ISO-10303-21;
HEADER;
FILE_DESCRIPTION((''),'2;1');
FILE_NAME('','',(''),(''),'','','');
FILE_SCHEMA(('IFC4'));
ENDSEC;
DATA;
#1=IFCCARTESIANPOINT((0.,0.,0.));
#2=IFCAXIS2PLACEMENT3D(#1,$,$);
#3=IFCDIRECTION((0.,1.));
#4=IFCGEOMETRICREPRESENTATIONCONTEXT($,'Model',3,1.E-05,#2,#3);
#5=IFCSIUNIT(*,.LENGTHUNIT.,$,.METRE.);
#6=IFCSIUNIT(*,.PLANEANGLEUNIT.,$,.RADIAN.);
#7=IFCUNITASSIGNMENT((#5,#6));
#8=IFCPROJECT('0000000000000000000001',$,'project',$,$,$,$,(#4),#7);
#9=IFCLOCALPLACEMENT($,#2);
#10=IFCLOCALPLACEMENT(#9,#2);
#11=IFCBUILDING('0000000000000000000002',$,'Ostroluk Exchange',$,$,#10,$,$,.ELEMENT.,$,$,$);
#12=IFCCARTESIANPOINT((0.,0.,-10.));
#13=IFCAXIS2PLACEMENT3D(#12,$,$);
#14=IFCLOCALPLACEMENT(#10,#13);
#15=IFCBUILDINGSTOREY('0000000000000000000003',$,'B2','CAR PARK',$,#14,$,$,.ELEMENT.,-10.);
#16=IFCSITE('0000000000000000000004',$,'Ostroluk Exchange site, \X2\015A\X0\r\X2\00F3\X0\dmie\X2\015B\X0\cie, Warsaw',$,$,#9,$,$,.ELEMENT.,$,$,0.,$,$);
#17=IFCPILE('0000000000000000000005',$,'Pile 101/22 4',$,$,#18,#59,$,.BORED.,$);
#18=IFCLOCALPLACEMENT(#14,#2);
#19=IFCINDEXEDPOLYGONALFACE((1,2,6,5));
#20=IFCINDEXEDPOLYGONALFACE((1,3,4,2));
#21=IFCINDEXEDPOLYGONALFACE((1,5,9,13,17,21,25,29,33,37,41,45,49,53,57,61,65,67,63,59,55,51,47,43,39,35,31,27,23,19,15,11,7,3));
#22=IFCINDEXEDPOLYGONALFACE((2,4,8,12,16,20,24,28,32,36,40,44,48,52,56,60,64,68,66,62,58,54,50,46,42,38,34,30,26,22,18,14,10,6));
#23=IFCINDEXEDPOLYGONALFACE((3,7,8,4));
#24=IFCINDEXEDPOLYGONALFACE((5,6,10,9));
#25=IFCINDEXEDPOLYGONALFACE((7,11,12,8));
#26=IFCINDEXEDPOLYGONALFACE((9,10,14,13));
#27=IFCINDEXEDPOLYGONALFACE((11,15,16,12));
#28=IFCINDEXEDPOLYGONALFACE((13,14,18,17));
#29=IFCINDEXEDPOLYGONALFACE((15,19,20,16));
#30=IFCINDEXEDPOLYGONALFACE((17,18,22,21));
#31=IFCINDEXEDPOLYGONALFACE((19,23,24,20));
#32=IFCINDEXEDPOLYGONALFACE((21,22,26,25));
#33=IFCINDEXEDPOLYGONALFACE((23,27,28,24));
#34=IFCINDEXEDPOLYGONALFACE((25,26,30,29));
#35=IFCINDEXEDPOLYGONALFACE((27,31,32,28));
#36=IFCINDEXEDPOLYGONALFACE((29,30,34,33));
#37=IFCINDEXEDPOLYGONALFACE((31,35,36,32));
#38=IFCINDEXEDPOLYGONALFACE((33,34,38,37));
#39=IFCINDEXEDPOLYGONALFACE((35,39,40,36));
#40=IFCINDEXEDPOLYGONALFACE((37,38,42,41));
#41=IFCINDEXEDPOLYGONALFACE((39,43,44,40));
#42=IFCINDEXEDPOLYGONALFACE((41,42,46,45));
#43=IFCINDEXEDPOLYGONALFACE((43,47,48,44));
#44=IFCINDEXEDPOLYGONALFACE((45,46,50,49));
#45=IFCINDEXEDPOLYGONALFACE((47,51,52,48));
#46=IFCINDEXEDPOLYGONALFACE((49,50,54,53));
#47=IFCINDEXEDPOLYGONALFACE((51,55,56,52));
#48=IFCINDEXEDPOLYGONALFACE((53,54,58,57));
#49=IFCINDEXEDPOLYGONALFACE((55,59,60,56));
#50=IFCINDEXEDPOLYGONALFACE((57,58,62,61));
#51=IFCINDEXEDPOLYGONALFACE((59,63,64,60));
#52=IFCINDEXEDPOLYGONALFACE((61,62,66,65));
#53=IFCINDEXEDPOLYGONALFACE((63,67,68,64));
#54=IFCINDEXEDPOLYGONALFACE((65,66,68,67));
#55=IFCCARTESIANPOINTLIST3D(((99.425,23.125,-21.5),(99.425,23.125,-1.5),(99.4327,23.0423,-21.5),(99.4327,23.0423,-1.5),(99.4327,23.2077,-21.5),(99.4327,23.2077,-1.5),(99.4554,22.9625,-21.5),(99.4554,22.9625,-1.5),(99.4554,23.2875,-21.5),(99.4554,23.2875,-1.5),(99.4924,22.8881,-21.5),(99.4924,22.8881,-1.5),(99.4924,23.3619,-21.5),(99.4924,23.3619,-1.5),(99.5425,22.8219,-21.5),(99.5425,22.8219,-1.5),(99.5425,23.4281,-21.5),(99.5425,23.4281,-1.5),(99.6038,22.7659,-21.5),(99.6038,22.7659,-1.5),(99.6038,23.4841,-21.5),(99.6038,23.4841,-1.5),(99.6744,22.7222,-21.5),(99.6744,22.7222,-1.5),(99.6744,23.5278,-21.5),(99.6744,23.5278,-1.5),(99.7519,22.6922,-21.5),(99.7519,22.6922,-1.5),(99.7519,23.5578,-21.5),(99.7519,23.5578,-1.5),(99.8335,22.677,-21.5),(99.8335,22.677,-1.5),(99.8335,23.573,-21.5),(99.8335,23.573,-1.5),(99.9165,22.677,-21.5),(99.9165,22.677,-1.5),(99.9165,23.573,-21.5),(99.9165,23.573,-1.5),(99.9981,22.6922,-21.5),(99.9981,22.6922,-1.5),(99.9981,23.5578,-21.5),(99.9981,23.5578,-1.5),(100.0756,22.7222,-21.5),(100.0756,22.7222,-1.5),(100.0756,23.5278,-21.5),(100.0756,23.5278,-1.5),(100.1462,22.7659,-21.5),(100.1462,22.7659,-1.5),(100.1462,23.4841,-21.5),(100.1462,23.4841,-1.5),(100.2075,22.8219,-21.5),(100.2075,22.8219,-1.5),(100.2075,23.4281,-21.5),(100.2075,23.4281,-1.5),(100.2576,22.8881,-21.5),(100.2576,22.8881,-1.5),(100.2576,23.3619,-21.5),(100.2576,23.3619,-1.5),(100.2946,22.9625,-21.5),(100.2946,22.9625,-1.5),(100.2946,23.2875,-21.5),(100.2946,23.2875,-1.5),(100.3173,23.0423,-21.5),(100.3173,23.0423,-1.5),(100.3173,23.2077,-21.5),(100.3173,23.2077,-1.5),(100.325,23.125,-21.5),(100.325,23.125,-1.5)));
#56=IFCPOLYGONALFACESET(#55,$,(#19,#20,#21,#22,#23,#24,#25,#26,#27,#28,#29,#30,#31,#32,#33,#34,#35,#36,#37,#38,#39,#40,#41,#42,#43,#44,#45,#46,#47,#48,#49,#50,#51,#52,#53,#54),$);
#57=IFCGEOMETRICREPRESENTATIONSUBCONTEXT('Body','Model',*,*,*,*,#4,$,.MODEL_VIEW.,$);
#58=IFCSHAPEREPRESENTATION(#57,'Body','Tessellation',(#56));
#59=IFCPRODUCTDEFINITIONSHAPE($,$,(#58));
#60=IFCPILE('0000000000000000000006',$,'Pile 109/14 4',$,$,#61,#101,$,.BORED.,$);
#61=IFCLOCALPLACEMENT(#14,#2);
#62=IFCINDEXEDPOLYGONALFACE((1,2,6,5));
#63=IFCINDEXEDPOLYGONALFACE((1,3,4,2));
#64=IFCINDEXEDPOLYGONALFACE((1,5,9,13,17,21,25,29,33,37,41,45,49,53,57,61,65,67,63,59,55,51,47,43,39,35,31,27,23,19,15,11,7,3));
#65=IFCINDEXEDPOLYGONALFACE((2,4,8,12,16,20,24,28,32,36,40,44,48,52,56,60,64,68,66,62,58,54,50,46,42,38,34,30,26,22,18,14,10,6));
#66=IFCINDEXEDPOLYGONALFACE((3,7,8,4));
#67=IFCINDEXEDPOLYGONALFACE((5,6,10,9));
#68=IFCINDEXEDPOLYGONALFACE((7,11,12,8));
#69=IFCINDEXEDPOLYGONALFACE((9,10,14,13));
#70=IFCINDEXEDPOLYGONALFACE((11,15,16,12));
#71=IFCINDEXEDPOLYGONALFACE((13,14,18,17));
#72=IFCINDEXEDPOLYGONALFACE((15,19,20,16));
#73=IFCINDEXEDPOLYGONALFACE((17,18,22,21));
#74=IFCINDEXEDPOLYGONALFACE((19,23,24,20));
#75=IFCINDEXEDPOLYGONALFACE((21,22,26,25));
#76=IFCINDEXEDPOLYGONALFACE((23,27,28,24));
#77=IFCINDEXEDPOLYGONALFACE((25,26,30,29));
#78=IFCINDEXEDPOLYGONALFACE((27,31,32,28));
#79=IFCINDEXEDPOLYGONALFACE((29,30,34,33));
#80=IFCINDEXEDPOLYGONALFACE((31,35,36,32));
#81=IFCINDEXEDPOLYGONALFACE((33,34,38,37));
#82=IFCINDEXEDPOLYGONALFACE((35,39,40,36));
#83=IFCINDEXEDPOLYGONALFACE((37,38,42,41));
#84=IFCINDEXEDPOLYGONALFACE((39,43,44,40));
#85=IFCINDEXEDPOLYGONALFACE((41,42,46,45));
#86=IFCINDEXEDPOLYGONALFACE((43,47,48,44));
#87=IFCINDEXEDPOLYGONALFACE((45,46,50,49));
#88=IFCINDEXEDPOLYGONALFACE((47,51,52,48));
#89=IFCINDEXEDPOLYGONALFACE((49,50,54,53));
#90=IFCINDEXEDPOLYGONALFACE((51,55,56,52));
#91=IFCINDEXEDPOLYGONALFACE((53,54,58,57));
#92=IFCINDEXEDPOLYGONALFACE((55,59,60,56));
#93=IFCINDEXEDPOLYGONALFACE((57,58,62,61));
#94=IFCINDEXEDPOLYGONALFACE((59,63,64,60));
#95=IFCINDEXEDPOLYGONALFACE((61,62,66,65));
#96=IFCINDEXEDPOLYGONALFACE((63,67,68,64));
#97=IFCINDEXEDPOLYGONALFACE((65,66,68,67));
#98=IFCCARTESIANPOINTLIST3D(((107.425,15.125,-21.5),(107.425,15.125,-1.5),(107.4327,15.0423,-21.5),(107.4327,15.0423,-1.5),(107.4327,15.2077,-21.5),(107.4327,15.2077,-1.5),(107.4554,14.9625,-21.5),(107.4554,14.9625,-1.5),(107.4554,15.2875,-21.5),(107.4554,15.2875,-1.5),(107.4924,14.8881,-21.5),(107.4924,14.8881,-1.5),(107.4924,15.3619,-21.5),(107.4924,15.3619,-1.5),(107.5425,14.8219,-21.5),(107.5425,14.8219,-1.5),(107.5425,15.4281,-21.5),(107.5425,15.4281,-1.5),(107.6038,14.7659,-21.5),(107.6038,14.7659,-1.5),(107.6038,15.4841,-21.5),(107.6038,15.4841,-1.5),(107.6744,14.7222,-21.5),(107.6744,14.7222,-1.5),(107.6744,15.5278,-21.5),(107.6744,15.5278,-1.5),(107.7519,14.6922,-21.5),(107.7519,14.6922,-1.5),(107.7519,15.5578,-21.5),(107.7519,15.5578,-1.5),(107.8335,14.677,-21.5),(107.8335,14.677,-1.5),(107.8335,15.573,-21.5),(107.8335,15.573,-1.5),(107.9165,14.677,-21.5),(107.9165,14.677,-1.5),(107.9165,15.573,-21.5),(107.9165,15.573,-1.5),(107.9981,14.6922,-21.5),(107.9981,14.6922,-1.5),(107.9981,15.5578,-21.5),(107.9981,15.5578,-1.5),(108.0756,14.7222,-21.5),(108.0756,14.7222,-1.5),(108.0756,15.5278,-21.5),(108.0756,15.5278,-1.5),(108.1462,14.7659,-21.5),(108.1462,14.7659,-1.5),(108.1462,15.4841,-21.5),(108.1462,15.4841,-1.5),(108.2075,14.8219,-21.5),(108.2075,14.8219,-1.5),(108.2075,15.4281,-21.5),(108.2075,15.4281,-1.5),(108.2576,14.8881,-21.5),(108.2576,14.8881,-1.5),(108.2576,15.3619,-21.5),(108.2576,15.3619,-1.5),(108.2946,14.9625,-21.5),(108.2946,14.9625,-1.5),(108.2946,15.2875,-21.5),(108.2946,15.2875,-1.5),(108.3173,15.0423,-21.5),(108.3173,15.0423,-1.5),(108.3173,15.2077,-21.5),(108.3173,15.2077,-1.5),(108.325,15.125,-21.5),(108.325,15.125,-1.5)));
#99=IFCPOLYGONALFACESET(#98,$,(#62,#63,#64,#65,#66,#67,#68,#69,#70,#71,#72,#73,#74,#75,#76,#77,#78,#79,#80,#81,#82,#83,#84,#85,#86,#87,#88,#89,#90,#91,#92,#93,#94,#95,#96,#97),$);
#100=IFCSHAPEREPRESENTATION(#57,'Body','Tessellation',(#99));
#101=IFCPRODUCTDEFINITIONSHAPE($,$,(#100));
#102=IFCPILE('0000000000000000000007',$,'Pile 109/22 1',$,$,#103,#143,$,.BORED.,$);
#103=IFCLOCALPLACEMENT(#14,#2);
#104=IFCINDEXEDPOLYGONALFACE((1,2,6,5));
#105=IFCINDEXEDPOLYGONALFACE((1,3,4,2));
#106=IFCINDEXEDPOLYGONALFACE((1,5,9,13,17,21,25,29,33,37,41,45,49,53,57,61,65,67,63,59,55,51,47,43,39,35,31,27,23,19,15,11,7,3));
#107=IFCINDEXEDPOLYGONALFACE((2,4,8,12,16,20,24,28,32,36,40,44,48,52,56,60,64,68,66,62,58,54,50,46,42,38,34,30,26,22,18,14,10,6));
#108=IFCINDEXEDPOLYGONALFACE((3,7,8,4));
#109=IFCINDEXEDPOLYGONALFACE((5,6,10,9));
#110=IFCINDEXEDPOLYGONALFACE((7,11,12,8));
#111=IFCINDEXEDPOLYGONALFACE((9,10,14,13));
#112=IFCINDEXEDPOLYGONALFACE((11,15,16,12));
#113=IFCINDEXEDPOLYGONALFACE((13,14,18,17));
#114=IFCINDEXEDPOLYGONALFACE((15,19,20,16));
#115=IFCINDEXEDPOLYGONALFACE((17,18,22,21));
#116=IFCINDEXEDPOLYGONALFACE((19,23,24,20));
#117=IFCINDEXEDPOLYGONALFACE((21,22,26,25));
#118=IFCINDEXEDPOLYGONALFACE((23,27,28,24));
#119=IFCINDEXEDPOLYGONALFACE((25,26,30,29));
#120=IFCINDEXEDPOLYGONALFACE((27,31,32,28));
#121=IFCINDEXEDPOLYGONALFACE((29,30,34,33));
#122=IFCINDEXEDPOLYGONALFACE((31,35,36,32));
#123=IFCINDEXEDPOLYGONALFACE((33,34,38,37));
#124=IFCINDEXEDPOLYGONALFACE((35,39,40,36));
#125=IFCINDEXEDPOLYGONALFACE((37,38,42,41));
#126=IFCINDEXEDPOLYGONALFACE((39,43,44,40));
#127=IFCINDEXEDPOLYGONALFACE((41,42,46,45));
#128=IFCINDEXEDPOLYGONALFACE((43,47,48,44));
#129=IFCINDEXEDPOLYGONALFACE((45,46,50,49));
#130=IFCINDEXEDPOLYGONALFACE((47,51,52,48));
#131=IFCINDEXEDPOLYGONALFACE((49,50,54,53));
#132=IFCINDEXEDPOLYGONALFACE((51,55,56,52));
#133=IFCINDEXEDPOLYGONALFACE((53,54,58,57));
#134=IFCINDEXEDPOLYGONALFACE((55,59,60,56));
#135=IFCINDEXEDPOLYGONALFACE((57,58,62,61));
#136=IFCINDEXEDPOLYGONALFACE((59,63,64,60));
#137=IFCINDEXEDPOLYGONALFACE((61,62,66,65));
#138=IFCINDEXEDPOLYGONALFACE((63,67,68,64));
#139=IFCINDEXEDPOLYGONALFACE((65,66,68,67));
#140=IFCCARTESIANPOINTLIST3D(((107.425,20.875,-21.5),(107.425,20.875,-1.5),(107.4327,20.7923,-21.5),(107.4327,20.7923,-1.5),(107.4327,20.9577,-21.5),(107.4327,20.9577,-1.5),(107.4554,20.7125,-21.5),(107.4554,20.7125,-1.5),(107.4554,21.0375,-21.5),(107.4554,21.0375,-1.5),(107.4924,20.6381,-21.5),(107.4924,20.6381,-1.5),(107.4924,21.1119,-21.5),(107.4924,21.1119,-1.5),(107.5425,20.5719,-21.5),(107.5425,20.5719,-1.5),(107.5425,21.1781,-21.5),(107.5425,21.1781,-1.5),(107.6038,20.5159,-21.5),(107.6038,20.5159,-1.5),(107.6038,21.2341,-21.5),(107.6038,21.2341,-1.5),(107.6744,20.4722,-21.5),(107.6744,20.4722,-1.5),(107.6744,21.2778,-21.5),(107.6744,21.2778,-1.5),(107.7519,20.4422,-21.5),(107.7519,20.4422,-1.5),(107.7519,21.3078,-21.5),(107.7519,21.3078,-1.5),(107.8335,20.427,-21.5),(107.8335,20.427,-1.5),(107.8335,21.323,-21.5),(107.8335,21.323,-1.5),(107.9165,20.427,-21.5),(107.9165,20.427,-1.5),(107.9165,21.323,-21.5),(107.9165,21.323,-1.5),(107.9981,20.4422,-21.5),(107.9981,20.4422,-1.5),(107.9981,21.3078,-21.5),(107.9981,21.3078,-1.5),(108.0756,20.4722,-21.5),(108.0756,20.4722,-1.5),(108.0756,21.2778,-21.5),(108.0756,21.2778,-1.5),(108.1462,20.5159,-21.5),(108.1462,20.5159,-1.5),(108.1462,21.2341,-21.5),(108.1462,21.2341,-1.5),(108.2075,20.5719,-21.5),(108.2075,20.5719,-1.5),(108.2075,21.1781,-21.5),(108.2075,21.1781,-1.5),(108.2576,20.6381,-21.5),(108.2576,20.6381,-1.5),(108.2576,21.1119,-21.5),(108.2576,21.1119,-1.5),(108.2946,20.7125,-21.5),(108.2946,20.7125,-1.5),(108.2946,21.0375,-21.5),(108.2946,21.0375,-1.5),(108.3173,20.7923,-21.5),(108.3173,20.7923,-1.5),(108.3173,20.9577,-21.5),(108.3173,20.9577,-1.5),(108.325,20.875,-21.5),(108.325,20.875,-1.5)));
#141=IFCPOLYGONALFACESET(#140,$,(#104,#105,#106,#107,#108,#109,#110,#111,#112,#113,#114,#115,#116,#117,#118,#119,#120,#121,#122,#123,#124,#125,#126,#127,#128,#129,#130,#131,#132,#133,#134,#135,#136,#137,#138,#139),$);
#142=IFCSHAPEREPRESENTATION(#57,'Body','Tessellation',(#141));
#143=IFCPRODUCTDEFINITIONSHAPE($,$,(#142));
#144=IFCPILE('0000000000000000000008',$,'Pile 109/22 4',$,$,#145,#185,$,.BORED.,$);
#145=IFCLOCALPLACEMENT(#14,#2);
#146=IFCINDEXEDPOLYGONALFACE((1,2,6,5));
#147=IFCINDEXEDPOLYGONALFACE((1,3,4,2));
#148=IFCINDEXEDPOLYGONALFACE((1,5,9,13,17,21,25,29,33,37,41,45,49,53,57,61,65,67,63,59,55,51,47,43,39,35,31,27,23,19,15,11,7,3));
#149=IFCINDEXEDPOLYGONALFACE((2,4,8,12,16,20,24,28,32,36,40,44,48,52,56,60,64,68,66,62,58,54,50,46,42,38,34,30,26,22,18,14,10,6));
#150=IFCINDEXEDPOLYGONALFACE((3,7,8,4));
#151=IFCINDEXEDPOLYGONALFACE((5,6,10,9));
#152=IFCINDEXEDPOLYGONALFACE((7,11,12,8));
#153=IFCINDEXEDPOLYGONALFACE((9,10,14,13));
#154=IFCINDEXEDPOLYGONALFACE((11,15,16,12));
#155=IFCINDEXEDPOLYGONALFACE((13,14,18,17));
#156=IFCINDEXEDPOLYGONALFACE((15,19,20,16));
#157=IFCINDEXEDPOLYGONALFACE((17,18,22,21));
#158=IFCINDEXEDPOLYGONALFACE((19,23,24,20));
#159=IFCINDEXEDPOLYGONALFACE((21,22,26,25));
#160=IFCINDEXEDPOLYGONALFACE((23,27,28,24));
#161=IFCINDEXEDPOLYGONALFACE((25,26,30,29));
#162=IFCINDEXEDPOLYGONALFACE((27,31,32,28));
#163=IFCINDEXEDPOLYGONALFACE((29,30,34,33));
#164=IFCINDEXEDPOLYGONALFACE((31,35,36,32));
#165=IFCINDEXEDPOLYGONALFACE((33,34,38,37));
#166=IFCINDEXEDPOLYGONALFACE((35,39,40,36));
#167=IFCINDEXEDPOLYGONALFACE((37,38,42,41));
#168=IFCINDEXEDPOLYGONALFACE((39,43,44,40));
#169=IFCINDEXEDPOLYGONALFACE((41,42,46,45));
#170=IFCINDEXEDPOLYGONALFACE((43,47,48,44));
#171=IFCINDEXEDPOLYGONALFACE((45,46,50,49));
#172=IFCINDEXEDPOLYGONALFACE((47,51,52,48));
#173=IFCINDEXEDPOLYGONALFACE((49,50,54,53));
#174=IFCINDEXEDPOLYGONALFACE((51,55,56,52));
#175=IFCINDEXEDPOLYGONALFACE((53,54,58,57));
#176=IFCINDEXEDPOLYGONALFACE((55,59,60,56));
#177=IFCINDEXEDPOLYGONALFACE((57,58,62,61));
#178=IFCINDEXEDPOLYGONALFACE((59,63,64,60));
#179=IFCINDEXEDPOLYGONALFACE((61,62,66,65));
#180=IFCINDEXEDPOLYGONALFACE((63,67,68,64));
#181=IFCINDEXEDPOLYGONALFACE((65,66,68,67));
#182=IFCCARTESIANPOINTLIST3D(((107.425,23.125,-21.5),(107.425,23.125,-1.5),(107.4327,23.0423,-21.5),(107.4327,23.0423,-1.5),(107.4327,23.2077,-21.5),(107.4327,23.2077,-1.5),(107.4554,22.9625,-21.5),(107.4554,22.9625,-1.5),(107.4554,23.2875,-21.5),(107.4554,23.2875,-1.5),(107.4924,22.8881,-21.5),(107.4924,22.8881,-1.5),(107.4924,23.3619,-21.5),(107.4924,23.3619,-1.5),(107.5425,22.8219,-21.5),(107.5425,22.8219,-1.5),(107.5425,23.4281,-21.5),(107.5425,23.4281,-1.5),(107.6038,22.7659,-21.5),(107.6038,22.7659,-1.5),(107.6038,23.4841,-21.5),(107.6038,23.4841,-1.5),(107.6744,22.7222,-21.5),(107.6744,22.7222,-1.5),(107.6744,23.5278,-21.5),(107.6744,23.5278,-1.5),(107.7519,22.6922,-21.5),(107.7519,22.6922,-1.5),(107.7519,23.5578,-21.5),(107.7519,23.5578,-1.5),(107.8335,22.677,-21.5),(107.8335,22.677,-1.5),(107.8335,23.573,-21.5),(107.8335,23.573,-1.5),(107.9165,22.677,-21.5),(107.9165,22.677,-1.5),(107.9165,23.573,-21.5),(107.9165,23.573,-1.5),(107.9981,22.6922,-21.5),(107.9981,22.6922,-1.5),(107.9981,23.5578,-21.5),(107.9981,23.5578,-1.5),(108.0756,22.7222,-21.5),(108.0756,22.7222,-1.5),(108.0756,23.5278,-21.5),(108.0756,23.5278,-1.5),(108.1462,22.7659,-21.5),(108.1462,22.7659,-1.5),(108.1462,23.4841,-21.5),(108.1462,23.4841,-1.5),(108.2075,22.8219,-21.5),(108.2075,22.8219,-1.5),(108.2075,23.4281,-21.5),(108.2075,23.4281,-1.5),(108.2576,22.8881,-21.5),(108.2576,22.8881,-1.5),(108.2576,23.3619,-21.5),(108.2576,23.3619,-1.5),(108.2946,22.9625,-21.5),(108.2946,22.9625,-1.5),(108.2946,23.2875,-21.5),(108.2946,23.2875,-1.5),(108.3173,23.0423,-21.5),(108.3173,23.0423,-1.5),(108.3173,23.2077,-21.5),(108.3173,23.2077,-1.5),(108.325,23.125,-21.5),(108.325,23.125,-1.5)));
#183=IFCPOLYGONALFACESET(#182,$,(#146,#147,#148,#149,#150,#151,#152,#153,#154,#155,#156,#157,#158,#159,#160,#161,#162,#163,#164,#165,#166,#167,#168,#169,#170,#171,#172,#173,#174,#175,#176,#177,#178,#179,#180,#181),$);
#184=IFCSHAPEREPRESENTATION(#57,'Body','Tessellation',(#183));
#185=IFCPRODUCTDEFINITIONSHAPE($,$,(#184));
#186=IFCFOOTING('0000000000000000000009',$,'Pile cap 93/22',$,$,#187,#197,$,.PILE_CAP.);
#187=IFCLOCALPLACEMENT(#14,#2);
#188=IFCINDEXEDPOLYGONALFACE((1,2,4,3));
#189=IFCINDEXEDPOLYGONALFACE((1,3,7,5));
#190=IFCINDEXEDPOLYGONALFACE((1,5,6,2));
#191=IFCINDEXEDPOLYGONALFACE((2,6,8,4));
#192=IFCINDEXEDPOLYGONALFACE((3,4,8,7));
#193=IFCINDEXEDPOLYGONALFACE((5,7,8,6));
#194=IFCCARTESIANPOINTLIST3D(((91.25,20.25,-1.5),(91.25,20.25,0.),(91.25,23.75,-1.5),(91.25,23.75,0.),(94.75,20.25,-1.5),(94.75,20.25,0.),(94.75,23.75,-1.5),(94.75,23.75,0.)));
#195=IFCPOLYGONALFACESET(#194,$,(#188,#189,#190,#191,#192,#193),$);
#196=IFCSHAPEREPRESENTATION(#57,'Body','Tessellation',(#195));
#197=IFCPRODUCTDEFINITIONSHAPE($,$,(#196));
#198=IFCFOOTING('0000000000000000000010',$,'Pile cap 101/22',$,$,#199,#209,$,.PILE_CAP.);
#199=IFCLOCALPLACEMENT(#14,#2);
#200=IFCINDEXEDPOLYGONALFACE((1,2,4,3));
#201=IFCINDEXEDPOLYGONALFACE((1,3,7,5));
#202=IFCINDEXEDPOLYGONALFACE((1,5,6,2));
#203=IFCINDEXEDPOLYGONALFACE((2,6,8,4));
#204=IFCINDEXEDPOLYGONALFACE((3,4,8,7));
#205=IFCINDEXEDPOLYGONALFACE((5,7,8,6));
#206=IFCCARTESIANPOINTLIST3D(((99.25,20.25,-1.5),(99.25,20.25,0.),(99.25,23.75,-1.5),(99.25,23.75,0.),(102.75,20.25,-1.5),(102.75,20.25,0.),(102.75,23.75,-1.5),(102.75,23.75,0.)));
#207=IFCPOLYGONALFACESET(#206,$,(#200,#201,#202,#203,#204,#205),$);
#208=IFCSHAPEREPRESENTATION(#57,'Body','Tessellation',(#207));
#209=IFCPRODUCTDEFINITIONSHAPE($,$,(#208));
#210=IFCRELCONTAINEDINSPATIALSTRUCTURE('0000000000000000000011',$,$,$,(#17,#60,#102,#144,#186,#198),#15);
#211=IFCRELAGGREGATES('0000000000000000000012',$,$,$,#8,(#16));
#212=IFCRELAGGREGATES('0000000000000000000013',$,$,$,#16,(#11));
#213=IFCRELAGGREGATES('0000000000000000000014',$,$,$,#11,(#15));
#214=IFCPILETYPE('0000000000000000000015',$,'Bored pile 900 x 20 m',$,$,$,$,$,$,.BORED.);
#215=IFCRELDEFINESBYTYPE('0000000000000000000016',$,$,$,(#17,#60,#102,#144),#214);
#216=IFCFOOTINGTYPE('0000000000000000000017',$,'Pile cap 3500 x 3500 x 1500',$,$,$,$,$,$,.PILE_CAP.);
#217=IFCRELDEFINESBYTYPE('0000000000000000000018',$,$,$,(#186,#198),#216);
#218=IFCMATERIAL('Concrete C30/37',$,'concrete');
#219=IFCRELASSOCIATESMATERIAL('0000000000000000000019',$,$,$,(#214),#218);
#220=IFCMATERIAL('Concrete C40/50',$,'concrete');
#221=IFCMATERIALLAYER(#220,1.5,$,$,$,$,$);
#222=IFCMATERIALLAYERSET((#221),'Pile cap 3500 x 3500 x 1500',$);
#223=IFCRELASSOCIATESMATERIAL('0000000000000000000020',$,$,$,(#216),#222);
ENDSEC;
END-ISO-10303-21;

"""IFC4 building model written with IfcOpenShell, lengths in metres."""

from ifc_helpers import new_model, si_unit, direction, frame, origin, origin_2d, place, context, subcontext, project, spatial, rectangle, circle, extrude, material, layer, layer_set, type_object, element, save


model = new_model("IFC4")

# Units and contexts
model_context = context("Model", 3, precision=1e-05, world=origin(), true_north=direction((0.0, 1.0)))
body_context = subcontext(model_context, "Body", "Model", "MODEL_VIEW")
ifc_project = project(units=[si_unit("LENGTHUNIT", "METRE"), si_unit("PLANEANGLEUNIT", "RADIAN")], contexts=[model_context])

# Site, building, storey
site_placement = place(None, origin())
site = spatial("IfcSite", under=ifc_project, at=site_placement, Name="Ostroluk Exchange site, Śródmieście, Warsaw", CompositionType="ELEMENT", RefElevation=0.0)
building_placement = place(site_placement, origin())
building = spatial("IfcBuilding", under=site, at=building_placement, Name="Ostroluk Exchange", CompositionType="ELEMENT")
storey_placement = place(building_placement, frame((0.0, 0.0, -10.0)))
storey = spatial("IfcBuildingStorey", under=building, at=storey_placement, Name="B2", Description="CAR PARK", CompositionType="ELEMENT", Elevation=-10.0)

# Piles
ifc_material_1 = material(Name="Concrete C30/37", Category="concrete")
pile_type_1 = type_object("IfcPileType", Name="Bored pile 900 x 20 m", PredefinedType="BORED", material=ifc_material_1)
for number, where, z_axis, x_axis, name in (
    (1, (99.875, 23.125, -1.5), (0.0, 0.0, -1.0), (1.0, 0.0, 0.0), "Pile 101/22 4"),
    (2, (107.875, 15.125, -1.5), (0.0, 0.0, -1.0), (1.0, 0.0, 0.0), "Pile 109/14 4"),
    (3, (107.875, 20.875, -1.5), (0.0, 0.0, -1.0), (1.0, 0.0, 0.0), "Pile 109/22 1"),
    (4, (107.875, 23.125, -1.5), (0.0, 0.0, -1.0), (1.0, 0.0, 0.0), "Pile 109/22 4"),
):
    element("IfcPile", number, at=place(storey_placement, frame(where, z_axis=z_axis, x_axis=x_axis)), inside=storey, type_object=pile_type_1, Name=name, PredefinedType="BORED", context=body_context, shape_type="SweptSolid", body=[
        extrude(circle(Radius=0.45, at=origin_2d()), origin(), (0.0, 0.0, 1.0), 20.0),
    ])

# Footings
ifc_material_2 = material(Name="Concrete C40/50", Category="concrete")
ifc_layer_1 = layer(ifc_material_2, 1.5)
ifc_layer_set_1 = layer_set([ifc_layer_1], Name="Pile cap 3500 x 3500 x 1500")
footing_type = type_object("IfcFootingType", Name="Pile cap 3500 x 3500 x 1500", PredefinedType="PILE_CAP", material=ifc_layer_set_1)
for number, where, z_axis, x_axis, name in (
    (5, (93.0, 22.0, -1.5), (0.0, 0.0, 1.0), (1.0, 0.0, 0.0), "Pile cap 93/22"),
    (6, (101.0, 22.0, -1.5), (0.0, 0.0, 1.0), (1.0, 0.0, 0.0), "Pile cap 101/22"),
):
    element("IfcFooting", number, at=place(storey_placement, frame(where, z_axis=z_axis, x_axis=x_axis)), inside=storey, type_object=footing_type, Name=name, PredefinedType="PILE_CAP", context=body_context, shape_type="SweptSolid", body=[
        extrude(rectangle(XDim=3.5, YDim=3.5, at=origin_2d()), origin(), (0.0, 0.0, 1.0), 1.5),
    ])

save(model, "model.ifc")
